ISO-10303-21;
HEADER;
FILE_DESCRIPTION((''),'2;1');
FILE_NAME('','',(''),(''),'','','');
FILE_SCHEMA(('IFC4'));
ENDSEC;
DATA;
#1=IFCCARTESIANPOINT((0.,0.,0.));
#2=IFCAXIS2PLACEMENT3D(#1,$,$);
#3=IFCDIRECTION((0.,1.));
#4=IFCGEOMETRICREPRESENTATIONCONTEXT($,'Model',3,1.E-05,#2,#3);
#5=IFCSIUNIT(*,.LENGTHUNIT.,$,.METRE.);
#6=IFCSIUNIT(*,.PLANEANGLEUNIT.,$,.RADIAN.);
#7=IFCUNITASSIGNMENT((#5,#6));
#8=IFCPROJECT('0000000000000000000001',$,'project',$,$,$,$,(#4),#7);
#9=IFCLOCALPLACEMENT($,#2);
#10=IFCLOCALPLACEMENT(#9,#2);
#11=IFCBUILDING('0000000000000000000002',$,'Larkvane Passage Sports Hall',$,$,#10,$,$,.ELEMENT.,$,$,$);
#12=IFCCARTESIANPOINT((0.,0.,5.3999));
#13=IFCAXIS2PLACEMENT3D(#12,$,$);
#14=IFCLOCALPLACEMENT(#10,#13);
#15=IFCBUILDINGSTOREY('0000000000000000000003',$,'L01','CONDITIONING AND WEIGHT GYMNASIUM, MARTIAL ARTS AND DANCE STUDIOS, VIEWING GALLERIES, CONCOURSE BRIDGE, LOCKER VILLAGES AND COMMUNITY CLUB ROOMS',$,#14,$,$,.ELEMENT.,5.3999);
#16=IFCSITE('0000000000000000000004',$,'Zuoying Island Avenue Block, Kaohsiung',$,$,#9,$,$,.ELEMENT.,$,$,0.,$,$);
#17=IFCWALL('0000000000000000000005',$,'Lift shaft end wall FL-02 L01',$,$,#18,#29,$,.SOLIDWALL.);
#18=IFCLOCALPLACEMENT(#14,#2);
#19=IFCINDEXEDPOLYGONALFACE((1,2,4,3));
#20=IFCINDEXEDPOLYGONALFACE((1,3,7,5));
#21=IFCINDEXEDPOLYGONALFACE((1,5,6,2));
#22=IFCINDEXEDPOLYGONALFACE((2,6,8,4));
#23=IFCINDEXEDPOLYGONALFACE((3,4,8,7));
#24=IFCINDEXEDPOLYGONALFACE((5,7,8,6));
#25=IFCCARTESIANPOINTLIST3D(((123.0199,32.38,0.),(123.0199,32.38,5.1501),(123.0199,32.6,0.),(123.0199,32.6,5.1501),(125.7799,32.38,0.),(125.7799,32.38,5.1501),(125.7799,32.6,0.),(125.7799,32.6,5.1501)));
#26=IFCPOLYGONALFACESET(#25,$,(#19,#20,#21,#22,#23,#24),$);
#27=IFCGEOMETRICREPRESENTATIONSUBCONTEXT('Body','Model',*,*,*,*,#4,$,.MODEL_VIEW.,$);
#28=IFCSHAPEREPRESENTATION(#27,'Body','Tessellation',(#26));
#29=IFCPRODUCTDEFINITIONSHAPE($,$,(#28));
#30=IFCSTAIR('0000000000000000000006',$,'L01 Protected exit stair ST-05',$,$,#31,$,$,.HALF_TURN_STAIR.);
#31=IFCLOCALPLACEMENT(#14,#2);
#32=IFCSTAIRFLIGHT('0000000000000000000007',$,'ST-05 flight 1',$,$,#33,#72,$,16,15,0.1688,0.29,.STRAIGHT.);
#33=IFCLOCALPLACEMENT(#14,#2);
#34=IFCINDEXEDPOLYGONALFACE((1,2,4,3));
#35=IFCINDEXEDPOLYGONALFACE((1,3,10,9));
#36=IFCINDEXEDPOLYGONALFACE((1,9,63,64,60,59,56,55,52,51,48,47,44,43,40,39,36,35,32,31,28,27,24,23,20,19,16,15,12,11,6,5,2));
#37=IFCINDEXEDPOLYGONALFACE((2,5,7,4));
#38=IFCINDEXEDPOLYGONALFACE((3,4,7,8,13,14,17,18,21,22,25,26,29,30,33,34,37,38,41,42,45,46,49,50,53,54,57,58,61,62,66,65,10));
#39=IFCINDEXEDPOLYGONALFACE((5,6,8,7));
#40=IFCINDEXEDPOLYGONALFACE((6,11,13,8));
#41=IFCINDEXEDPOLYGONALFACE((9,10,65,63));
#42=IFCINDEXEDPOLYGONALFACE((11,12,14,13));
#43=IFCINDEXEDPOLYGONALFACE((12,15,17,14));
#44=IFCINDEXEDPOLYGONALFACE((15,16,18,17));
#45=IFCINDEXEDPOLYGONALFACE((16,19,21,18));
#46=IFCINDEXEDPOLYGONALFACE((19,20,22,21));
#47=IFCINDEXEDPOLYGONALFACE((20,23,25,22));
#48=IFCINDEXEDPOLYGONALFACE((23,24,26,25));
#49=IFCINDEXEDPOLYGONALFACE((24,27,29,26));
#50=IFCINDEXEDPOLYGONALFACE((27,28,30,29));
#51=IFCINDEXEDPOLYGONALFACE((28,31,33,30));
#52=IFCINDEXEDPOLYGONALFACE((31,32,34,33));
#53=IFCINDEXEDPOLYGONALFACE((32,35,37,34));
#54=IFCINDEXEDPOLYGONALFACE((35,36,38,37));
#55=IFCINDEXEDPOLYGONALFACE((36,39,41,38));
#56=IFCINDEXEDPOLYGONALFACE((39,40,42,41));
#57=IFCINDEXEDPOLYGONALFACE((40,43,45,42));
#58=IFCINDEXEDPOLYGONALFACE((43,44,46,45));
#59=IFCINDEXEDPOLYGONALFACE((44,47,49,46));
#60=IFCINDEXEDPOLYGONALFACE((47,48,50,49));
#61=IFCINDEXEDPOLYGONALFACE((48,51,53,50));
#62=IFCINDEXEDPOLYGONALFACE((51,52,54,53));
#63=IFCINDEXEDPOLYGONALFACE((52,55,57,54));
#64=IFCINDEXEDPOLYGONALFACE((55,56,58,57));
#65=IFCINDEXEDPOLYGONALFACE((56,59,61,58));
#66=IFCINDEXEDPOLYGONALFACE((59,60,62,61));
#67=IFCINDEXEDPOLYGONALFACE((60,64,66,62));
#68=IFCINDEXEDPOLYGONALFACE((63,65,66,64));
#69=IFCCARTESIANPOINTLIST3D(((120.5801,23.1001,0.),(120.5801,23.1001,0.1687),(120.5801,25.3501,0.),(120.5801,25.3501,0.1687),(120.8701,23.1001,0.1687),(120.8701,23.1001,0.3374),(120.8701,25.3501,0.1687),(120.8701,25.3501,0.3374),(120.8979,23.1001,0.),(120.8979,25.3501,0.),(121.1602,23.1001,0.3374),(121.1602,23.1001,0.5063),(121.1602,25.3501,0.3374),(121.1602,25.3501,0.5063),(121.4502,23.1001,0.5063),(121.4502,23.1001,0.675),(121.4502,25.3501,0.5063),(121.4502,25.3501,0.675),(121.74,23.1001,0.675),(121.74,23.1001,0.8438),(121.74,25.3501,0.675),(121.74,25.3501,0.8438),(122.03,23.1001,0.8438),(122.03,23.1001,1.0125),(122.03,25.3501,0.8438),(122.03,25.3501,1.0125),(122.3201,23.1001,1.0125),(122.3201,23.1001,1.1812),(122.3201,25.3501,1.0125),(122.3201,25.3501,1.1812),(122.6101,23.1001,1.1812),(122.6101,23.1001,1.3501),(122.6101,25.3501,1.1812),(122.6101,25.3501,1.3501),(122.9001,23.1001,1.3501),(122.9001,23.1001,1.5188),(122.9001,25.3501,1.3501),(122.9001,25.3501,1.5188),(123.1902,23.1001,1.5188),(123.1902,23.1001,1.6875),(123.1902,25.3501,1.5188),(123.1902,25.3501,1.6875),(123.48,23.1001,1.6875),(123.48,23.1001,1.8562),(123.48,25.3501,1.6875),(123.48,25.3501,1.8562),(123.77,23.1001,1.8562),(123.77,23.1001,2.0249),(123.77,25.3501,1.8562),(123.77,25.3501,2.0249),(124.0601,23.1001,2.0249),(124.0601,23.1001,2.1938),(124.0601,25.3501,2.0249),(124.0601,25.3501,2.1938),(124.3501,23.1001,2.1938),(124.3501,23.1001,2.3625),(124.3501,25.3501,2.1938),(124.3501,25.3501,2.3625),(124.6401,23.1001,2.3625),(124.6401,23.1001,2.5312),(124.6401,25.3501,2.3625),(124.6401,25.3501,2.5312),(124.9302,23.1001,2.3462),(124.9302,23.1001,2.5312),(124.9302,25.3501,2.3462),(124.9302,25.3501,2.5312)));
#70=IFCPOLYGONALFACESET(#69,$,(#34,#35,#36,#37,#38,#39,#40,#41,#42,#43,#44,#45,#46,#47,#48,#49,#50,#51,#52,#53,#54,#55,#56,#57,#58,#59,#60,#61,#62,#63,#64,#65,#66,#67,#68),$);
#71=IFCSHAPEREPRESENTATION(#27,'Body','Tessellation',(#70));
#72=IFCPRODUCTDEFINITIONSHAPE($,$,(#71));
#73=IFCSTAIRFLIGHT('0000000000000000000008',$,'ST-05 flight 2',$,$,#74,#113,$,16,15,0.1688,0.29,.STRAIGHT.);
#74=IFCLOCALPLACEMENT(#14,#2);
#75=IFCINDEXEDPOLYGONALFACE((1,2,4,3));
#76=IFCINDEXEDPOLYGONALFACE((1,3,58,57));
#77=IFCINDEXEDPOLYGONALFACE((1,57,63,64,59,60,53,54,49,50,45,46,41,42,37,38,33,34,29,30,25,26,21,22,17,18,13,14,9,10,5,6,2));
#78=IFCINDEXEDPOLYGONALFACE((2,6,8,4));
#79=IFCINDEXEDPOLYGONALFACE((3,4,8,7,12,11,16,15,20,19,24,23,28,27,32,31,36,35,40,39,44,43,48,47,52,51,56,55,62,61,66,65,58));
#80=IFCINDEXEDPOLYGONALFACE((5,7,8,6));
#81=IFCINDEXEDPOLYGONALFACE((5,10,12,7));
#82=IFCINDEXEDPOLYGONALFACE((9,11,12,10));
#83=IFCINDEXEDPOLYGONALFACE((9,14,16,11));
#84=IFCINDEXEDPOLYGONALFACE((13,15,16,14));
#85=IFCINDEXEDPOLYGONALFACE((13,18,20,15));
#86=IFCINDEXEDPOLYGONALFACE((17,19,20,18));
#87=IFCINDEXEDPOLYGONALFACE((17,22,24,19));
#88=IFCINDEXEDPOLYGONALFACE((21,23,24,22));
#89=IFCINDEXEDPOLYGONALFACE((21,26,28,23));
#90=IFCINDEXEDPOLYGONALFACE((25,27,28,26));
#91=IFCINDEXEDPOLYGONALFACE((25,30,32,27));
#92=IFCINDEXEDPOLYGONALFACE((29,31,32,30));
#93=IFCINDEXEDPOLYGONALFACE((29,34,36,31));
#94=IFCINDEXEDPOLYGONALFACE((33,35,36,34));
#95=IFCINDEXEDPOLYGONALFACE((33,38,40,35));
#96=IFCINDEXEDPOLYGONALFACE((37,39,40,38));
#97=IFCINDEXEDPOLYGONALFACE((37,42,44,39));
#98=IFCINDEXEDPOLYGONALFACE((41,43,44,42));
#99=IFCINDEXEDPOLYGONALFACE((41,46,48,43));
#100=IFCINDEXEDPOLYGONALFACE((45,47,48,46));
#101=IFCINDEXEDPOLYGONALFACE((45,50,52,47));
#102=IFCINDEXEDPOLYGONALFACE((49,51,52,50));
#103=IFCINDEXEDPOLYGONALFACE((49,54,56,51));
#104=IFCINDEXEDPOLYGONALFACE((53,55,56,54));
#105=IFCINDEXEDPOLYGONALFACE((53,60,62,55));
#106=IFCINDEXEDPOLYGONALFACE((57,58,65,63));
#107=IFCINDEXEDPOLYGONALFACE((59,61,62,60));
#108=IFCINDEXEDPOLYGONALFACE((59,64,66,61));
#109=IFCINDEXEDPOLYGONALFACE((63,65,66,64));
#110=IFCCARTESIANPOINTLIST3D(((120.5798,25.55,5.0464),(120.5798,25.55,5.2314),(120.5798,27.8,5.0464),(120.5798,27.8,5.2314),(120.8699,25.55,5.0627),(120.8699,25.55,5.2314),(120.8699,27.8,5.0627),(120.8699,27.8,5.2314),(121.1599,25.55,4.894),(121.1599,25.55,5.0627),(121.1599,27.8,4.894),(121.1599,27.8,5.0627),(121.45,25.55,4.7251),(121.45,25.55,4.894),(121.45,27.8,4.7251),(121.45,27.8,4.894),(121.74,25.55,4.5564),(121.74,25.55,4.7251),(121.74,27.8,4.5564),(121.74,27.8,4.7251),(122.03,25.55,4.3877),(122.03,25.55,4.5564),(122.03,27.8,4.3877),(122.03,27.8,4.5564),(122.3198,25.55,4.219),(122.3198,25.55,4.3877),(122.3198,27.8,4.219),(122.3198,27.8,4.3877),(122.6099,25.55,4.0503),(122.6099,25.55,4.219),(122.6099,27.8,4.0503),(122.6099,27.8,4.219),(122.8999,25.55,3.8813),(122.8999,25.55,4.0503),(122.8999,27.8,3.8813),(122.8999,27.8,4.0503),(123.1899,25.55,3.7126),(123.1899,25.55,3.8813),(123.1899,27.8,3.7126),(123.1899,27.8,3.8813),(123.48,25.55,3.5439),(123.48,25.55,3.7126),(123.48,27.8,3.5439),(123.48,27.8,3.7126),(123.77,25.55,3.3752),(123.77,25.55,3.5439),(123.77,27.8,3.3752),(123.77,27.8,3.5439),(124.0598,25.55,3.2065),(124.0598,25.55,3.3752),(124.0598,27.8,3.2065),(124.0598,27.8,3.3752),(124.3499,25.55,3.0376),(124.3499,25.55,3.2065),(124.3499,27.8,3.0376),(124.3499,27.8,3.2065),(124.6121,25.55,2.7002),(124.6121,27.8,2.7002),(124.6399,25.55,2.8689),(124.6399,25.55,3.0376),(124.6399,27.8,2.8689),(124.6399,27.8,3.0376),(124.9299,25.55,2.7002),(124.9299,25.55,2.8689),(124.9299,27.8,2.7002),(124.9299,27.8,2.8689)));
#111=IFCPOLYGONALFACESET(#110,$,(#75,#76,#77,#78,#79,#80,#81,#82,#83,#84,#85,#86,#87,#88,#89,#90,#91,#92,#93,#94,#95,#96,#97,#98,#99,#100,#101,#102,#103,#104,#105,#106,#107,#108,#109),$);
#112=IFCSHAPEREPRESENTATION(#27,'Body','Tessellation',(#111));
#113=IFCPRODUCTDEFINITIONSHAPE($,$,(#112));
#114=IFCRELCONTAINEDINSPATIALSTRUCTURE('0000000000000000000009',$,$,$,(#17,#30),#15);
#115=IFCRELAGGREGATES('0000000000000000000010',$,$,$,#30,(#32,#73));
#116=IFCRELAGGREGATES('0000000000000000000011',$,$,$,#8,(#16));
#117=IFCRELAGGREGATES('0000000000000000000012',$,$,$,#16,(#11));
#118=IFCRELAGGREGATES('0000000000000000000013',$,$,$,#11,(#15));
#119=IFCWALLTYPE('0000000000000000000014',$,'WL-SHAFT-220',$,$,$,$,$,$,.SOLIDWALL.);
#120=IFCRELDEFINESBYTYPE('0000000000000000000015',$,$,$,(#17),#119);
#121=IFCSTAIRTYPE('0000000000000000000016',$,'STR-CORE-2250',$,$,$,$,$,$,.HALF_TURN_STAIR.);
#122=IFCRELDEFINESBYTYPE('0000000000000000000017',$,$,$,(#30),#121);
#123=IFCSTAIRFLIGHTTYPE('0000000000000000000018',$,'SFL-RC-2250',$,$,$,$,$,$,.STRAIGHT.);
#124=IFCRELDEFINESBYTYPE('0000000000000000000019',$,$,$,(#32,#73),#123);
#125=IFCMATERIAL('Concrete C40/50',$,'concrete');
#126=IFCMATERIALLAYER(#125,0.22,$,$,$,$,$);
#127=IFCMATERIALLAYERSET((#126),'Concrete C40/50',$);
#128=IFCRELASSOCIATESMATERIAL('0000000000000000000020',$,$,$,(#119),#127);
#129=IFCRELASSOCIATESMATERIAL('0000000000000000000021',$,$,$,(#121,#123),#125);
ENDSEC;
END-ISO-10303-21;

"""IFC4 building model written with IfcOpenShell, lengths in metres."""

from ifc_helpers import new_model, si_unit, direction, frame, frame_2d, origin, place, context, subcontext, project, spatial, polyline, rectangle, outline, extrude, material, layer, layer_set, type_object, element, aggregate, save


model = new_model("IFC4")

# Units and contexts
model_context = context("Model", 3, precision=1e-05, world=origin(), true_north=direction((0.0, 1.0)))
body_context = subcontext(model_context, "Body", "Model", "MODEL_VIEW")
ifc_project = project(units=[si_unit("LENGTHUNIT", "METRE"), si_unit("PLANEANGLEUNIT", "RADIAN")], contexts=[model_context])

# Site, building, storey
site_placement = place(None, origin())
site = spatial("IfcSite", under=ifc_project, at=site_placement, Name="Zuoying Island Avenue Block, Kaohsiung", CompositionType="ELEMENT", RefElevation=0.0)
building_placement = place(site_placement, origin())
building = spatial("IfcBuilding", under=site, at=building_placement, Name="Larkvane Passage Sports Hall", CompositionType="ELEMENT")
storey_placement = place(building_placement, frame((0.0, 0.0, 5.3999)))
storey = spatial("IfcBuildingStorey", under=building, at=storey_placement, Name="L01", Description="CONDITIONING AND WEIGHT GYMNASIUM, MARTIAL ARTS AND DANCE STUDIOS, VIEWING GALLERIES, CONCOURSE BRIDGE, LOCKER VILLAGES AND COMMUNITY CLUB ROOMS", CompositionType="ELEMENT", Elevation=5.3999)

# Shared definitions
ifc_material_1 = material(Name="Concrete C40/50", Category="concrete")

# Shared definitions
ifc_layer_1 = layer(ifc_material_1, 0.22)
ifc_layer_set_1 = layer_set([ifc_layer_1], Name="Concrete C40/50")
wall_type_1 = type_object("IfcWallType", Name="WL-SHAFT-220", PredefinedType="SOLIDWALL", material=ifc_layer_set_1)

# Wall
wall_1_placement = place(storey_placement, frame((123.02, 32.49, 0.0), z_axis=(0.0, 0.0, 1.0), x_axis=(1.0, 0.0, 0.0)))
element("IfcWall", 1, at=wall_1_placement, inside=storey, type_object=wall_type_1, Name="Lift shaft end wall FL-02 L01", PredefinedType="SOLIDWALL", context=body_context, shape_type="SweptSolid", body=[
    extrude(rectangle(XDim=2.76, YDim=0.22, at=frame_2d((1.3799, 0.0))), origin(), (0.0, 0.0, 1.0), 5.1501),
])

# Stair, stair flights
stair_type = type_object("IfcStairType", Name="STR-CORE-2250", PredefinedType="HALF_TURN_STAIR", material=ifc_material_1)
stair_placement = place(storey_placement, origin())
stair = element("IfcStair", 2, at=stair_placement, inside=storey, type_object=stair_type, Name="L01 Protected exit stair ST-05", PredefinedType="HALF_TURN_STAIR")
stair_flight_type = type_object("IfcStairFlightType", Name="SFL-RC-2250", PredefinedType="STRAIGHT", material=ifc_material_1)
stair_flight_1_placement = place(storey_placement, frame((120.5801, 24.2251, 0.0), z_axis=(0.0, 0.0, 1.0), x_axis=(1.0, 0.0, 0.0)))
stair_flight_1 = element("IfcStairFlight", 3, at=stair_flight_1_placement, type_object=stair_flight_type, Name="ST-05 flight 1", NumberOfRisers=16, NumberOfTreads=15, PredefinedType="STRAIGHT", RiserHeight=0.1688, TreadLength=0.29, context=body_context, shape_type="SweptSolid", body=[
    extrude(outline(polyline([(0.0, 0.0), (0.0, 0.1687), (0.29, 0.1687), (0.29, 0.3374), (0.5801, 0.3374), (0.5801, 0.5063), (0.8701, 0.5063), (0.8701, 0.675), (1.1599, 0.675), (1.1599, 0.8438), (1.45, 0.8438), (1.45, 1.0125), (1.74, 1.0125), (1.74, 1.1812), (2.03, 1.1812), (2.03, 1.3501), (2.3201, 1.3501), (2.3201, 1.5188), (2.6101, 1.5188), (2.6101, 1.6875), (2.8999, 1.6875), (2.8999, 1.8562), (3.1899, 1.8562), (3.1899, 2.0249), (3.48, 2.0249), (3.48, 2.1938), (3.77, 2.1938), (3.77, 2.3625), (4.0601, 2.3625), (4.0601, 2.5312), (4.3501, 2.5312), (4.3501, 2.7), (4.3501, 2.3462), (0.3179, 0.0), (0.0, 0.0)])), frame((0.0, 1.125, 0.0), z_axis=(0.0, -1.0, 0.0), x_axis=(1.0, 0.0, 0.0)), (0.0, 0.0, 1.0), 2.25),
])
stair_flight_2_placement = place(storey_placement, frame((124.9299, 26.675, 2.7002), z_axis=(0.0, 0.0, 1.0), x_axis=(-1.0, 0.0, 0.0)))
stair_flight_2 = element("IfcStairFlight", 4, at=stair_flight_2_placement, type_object=stair_flight_type, Name="ST-05 flight 2", NumberOfRisers=16, NumberOfTreads=15, PredefinedType="STRAIGHT", RiserHeight=0.1688, TreadLength=0.29, context=body_context, shape_type="SweptSolid", body=[
    extrude(outline(polyline([(0.0, 0.0), (0.0, 0.1687), (0.29, 0.1687), (0.29, 0.3374), (0.5801, 0.3374), (0.5801, 0.5063), (0.8701, 0.5063), (0.8701, 0.675), (1.1599, 0.675), (1.1599, 0.8438), (1.45, 0.8438), (1.45, 1.0125), (1.74, 1.0125), (1.74, 1.1812), (2.03, 1.1812), (2.03, 1.3501), (2.3201, 1.3501), (2.3201, 1.5188), (2.6101, 1.5188), (2.6101, 1.6875), (2.8999, 1.6875), (2.8999, 1.8562), (3.1899, 1.8562), (3.1899, 2.0249), (3.48, 2.0249), (3.48, 2.1938), (3.77, 2.1938), (3.77, 2.3625), (4.0601, 2.3625), (4.0601, 2.5312), (4.3501, 2.5312), (4.3501, 2.7), (4.3501, 2.3462), (0.3179, 0.0), (0.0, 0.0)])), frame((0.0, 1.125, 0.0), z_axis=(0.0, -1.0, 0.0), x_axis=(1.0, 0.0, 0.0)), (0.0, 0.0, 1.0), 2.25),
])
aggregate(stair, [stair_flight_1, stair_flight_2])

save(model, "model.ifc")
